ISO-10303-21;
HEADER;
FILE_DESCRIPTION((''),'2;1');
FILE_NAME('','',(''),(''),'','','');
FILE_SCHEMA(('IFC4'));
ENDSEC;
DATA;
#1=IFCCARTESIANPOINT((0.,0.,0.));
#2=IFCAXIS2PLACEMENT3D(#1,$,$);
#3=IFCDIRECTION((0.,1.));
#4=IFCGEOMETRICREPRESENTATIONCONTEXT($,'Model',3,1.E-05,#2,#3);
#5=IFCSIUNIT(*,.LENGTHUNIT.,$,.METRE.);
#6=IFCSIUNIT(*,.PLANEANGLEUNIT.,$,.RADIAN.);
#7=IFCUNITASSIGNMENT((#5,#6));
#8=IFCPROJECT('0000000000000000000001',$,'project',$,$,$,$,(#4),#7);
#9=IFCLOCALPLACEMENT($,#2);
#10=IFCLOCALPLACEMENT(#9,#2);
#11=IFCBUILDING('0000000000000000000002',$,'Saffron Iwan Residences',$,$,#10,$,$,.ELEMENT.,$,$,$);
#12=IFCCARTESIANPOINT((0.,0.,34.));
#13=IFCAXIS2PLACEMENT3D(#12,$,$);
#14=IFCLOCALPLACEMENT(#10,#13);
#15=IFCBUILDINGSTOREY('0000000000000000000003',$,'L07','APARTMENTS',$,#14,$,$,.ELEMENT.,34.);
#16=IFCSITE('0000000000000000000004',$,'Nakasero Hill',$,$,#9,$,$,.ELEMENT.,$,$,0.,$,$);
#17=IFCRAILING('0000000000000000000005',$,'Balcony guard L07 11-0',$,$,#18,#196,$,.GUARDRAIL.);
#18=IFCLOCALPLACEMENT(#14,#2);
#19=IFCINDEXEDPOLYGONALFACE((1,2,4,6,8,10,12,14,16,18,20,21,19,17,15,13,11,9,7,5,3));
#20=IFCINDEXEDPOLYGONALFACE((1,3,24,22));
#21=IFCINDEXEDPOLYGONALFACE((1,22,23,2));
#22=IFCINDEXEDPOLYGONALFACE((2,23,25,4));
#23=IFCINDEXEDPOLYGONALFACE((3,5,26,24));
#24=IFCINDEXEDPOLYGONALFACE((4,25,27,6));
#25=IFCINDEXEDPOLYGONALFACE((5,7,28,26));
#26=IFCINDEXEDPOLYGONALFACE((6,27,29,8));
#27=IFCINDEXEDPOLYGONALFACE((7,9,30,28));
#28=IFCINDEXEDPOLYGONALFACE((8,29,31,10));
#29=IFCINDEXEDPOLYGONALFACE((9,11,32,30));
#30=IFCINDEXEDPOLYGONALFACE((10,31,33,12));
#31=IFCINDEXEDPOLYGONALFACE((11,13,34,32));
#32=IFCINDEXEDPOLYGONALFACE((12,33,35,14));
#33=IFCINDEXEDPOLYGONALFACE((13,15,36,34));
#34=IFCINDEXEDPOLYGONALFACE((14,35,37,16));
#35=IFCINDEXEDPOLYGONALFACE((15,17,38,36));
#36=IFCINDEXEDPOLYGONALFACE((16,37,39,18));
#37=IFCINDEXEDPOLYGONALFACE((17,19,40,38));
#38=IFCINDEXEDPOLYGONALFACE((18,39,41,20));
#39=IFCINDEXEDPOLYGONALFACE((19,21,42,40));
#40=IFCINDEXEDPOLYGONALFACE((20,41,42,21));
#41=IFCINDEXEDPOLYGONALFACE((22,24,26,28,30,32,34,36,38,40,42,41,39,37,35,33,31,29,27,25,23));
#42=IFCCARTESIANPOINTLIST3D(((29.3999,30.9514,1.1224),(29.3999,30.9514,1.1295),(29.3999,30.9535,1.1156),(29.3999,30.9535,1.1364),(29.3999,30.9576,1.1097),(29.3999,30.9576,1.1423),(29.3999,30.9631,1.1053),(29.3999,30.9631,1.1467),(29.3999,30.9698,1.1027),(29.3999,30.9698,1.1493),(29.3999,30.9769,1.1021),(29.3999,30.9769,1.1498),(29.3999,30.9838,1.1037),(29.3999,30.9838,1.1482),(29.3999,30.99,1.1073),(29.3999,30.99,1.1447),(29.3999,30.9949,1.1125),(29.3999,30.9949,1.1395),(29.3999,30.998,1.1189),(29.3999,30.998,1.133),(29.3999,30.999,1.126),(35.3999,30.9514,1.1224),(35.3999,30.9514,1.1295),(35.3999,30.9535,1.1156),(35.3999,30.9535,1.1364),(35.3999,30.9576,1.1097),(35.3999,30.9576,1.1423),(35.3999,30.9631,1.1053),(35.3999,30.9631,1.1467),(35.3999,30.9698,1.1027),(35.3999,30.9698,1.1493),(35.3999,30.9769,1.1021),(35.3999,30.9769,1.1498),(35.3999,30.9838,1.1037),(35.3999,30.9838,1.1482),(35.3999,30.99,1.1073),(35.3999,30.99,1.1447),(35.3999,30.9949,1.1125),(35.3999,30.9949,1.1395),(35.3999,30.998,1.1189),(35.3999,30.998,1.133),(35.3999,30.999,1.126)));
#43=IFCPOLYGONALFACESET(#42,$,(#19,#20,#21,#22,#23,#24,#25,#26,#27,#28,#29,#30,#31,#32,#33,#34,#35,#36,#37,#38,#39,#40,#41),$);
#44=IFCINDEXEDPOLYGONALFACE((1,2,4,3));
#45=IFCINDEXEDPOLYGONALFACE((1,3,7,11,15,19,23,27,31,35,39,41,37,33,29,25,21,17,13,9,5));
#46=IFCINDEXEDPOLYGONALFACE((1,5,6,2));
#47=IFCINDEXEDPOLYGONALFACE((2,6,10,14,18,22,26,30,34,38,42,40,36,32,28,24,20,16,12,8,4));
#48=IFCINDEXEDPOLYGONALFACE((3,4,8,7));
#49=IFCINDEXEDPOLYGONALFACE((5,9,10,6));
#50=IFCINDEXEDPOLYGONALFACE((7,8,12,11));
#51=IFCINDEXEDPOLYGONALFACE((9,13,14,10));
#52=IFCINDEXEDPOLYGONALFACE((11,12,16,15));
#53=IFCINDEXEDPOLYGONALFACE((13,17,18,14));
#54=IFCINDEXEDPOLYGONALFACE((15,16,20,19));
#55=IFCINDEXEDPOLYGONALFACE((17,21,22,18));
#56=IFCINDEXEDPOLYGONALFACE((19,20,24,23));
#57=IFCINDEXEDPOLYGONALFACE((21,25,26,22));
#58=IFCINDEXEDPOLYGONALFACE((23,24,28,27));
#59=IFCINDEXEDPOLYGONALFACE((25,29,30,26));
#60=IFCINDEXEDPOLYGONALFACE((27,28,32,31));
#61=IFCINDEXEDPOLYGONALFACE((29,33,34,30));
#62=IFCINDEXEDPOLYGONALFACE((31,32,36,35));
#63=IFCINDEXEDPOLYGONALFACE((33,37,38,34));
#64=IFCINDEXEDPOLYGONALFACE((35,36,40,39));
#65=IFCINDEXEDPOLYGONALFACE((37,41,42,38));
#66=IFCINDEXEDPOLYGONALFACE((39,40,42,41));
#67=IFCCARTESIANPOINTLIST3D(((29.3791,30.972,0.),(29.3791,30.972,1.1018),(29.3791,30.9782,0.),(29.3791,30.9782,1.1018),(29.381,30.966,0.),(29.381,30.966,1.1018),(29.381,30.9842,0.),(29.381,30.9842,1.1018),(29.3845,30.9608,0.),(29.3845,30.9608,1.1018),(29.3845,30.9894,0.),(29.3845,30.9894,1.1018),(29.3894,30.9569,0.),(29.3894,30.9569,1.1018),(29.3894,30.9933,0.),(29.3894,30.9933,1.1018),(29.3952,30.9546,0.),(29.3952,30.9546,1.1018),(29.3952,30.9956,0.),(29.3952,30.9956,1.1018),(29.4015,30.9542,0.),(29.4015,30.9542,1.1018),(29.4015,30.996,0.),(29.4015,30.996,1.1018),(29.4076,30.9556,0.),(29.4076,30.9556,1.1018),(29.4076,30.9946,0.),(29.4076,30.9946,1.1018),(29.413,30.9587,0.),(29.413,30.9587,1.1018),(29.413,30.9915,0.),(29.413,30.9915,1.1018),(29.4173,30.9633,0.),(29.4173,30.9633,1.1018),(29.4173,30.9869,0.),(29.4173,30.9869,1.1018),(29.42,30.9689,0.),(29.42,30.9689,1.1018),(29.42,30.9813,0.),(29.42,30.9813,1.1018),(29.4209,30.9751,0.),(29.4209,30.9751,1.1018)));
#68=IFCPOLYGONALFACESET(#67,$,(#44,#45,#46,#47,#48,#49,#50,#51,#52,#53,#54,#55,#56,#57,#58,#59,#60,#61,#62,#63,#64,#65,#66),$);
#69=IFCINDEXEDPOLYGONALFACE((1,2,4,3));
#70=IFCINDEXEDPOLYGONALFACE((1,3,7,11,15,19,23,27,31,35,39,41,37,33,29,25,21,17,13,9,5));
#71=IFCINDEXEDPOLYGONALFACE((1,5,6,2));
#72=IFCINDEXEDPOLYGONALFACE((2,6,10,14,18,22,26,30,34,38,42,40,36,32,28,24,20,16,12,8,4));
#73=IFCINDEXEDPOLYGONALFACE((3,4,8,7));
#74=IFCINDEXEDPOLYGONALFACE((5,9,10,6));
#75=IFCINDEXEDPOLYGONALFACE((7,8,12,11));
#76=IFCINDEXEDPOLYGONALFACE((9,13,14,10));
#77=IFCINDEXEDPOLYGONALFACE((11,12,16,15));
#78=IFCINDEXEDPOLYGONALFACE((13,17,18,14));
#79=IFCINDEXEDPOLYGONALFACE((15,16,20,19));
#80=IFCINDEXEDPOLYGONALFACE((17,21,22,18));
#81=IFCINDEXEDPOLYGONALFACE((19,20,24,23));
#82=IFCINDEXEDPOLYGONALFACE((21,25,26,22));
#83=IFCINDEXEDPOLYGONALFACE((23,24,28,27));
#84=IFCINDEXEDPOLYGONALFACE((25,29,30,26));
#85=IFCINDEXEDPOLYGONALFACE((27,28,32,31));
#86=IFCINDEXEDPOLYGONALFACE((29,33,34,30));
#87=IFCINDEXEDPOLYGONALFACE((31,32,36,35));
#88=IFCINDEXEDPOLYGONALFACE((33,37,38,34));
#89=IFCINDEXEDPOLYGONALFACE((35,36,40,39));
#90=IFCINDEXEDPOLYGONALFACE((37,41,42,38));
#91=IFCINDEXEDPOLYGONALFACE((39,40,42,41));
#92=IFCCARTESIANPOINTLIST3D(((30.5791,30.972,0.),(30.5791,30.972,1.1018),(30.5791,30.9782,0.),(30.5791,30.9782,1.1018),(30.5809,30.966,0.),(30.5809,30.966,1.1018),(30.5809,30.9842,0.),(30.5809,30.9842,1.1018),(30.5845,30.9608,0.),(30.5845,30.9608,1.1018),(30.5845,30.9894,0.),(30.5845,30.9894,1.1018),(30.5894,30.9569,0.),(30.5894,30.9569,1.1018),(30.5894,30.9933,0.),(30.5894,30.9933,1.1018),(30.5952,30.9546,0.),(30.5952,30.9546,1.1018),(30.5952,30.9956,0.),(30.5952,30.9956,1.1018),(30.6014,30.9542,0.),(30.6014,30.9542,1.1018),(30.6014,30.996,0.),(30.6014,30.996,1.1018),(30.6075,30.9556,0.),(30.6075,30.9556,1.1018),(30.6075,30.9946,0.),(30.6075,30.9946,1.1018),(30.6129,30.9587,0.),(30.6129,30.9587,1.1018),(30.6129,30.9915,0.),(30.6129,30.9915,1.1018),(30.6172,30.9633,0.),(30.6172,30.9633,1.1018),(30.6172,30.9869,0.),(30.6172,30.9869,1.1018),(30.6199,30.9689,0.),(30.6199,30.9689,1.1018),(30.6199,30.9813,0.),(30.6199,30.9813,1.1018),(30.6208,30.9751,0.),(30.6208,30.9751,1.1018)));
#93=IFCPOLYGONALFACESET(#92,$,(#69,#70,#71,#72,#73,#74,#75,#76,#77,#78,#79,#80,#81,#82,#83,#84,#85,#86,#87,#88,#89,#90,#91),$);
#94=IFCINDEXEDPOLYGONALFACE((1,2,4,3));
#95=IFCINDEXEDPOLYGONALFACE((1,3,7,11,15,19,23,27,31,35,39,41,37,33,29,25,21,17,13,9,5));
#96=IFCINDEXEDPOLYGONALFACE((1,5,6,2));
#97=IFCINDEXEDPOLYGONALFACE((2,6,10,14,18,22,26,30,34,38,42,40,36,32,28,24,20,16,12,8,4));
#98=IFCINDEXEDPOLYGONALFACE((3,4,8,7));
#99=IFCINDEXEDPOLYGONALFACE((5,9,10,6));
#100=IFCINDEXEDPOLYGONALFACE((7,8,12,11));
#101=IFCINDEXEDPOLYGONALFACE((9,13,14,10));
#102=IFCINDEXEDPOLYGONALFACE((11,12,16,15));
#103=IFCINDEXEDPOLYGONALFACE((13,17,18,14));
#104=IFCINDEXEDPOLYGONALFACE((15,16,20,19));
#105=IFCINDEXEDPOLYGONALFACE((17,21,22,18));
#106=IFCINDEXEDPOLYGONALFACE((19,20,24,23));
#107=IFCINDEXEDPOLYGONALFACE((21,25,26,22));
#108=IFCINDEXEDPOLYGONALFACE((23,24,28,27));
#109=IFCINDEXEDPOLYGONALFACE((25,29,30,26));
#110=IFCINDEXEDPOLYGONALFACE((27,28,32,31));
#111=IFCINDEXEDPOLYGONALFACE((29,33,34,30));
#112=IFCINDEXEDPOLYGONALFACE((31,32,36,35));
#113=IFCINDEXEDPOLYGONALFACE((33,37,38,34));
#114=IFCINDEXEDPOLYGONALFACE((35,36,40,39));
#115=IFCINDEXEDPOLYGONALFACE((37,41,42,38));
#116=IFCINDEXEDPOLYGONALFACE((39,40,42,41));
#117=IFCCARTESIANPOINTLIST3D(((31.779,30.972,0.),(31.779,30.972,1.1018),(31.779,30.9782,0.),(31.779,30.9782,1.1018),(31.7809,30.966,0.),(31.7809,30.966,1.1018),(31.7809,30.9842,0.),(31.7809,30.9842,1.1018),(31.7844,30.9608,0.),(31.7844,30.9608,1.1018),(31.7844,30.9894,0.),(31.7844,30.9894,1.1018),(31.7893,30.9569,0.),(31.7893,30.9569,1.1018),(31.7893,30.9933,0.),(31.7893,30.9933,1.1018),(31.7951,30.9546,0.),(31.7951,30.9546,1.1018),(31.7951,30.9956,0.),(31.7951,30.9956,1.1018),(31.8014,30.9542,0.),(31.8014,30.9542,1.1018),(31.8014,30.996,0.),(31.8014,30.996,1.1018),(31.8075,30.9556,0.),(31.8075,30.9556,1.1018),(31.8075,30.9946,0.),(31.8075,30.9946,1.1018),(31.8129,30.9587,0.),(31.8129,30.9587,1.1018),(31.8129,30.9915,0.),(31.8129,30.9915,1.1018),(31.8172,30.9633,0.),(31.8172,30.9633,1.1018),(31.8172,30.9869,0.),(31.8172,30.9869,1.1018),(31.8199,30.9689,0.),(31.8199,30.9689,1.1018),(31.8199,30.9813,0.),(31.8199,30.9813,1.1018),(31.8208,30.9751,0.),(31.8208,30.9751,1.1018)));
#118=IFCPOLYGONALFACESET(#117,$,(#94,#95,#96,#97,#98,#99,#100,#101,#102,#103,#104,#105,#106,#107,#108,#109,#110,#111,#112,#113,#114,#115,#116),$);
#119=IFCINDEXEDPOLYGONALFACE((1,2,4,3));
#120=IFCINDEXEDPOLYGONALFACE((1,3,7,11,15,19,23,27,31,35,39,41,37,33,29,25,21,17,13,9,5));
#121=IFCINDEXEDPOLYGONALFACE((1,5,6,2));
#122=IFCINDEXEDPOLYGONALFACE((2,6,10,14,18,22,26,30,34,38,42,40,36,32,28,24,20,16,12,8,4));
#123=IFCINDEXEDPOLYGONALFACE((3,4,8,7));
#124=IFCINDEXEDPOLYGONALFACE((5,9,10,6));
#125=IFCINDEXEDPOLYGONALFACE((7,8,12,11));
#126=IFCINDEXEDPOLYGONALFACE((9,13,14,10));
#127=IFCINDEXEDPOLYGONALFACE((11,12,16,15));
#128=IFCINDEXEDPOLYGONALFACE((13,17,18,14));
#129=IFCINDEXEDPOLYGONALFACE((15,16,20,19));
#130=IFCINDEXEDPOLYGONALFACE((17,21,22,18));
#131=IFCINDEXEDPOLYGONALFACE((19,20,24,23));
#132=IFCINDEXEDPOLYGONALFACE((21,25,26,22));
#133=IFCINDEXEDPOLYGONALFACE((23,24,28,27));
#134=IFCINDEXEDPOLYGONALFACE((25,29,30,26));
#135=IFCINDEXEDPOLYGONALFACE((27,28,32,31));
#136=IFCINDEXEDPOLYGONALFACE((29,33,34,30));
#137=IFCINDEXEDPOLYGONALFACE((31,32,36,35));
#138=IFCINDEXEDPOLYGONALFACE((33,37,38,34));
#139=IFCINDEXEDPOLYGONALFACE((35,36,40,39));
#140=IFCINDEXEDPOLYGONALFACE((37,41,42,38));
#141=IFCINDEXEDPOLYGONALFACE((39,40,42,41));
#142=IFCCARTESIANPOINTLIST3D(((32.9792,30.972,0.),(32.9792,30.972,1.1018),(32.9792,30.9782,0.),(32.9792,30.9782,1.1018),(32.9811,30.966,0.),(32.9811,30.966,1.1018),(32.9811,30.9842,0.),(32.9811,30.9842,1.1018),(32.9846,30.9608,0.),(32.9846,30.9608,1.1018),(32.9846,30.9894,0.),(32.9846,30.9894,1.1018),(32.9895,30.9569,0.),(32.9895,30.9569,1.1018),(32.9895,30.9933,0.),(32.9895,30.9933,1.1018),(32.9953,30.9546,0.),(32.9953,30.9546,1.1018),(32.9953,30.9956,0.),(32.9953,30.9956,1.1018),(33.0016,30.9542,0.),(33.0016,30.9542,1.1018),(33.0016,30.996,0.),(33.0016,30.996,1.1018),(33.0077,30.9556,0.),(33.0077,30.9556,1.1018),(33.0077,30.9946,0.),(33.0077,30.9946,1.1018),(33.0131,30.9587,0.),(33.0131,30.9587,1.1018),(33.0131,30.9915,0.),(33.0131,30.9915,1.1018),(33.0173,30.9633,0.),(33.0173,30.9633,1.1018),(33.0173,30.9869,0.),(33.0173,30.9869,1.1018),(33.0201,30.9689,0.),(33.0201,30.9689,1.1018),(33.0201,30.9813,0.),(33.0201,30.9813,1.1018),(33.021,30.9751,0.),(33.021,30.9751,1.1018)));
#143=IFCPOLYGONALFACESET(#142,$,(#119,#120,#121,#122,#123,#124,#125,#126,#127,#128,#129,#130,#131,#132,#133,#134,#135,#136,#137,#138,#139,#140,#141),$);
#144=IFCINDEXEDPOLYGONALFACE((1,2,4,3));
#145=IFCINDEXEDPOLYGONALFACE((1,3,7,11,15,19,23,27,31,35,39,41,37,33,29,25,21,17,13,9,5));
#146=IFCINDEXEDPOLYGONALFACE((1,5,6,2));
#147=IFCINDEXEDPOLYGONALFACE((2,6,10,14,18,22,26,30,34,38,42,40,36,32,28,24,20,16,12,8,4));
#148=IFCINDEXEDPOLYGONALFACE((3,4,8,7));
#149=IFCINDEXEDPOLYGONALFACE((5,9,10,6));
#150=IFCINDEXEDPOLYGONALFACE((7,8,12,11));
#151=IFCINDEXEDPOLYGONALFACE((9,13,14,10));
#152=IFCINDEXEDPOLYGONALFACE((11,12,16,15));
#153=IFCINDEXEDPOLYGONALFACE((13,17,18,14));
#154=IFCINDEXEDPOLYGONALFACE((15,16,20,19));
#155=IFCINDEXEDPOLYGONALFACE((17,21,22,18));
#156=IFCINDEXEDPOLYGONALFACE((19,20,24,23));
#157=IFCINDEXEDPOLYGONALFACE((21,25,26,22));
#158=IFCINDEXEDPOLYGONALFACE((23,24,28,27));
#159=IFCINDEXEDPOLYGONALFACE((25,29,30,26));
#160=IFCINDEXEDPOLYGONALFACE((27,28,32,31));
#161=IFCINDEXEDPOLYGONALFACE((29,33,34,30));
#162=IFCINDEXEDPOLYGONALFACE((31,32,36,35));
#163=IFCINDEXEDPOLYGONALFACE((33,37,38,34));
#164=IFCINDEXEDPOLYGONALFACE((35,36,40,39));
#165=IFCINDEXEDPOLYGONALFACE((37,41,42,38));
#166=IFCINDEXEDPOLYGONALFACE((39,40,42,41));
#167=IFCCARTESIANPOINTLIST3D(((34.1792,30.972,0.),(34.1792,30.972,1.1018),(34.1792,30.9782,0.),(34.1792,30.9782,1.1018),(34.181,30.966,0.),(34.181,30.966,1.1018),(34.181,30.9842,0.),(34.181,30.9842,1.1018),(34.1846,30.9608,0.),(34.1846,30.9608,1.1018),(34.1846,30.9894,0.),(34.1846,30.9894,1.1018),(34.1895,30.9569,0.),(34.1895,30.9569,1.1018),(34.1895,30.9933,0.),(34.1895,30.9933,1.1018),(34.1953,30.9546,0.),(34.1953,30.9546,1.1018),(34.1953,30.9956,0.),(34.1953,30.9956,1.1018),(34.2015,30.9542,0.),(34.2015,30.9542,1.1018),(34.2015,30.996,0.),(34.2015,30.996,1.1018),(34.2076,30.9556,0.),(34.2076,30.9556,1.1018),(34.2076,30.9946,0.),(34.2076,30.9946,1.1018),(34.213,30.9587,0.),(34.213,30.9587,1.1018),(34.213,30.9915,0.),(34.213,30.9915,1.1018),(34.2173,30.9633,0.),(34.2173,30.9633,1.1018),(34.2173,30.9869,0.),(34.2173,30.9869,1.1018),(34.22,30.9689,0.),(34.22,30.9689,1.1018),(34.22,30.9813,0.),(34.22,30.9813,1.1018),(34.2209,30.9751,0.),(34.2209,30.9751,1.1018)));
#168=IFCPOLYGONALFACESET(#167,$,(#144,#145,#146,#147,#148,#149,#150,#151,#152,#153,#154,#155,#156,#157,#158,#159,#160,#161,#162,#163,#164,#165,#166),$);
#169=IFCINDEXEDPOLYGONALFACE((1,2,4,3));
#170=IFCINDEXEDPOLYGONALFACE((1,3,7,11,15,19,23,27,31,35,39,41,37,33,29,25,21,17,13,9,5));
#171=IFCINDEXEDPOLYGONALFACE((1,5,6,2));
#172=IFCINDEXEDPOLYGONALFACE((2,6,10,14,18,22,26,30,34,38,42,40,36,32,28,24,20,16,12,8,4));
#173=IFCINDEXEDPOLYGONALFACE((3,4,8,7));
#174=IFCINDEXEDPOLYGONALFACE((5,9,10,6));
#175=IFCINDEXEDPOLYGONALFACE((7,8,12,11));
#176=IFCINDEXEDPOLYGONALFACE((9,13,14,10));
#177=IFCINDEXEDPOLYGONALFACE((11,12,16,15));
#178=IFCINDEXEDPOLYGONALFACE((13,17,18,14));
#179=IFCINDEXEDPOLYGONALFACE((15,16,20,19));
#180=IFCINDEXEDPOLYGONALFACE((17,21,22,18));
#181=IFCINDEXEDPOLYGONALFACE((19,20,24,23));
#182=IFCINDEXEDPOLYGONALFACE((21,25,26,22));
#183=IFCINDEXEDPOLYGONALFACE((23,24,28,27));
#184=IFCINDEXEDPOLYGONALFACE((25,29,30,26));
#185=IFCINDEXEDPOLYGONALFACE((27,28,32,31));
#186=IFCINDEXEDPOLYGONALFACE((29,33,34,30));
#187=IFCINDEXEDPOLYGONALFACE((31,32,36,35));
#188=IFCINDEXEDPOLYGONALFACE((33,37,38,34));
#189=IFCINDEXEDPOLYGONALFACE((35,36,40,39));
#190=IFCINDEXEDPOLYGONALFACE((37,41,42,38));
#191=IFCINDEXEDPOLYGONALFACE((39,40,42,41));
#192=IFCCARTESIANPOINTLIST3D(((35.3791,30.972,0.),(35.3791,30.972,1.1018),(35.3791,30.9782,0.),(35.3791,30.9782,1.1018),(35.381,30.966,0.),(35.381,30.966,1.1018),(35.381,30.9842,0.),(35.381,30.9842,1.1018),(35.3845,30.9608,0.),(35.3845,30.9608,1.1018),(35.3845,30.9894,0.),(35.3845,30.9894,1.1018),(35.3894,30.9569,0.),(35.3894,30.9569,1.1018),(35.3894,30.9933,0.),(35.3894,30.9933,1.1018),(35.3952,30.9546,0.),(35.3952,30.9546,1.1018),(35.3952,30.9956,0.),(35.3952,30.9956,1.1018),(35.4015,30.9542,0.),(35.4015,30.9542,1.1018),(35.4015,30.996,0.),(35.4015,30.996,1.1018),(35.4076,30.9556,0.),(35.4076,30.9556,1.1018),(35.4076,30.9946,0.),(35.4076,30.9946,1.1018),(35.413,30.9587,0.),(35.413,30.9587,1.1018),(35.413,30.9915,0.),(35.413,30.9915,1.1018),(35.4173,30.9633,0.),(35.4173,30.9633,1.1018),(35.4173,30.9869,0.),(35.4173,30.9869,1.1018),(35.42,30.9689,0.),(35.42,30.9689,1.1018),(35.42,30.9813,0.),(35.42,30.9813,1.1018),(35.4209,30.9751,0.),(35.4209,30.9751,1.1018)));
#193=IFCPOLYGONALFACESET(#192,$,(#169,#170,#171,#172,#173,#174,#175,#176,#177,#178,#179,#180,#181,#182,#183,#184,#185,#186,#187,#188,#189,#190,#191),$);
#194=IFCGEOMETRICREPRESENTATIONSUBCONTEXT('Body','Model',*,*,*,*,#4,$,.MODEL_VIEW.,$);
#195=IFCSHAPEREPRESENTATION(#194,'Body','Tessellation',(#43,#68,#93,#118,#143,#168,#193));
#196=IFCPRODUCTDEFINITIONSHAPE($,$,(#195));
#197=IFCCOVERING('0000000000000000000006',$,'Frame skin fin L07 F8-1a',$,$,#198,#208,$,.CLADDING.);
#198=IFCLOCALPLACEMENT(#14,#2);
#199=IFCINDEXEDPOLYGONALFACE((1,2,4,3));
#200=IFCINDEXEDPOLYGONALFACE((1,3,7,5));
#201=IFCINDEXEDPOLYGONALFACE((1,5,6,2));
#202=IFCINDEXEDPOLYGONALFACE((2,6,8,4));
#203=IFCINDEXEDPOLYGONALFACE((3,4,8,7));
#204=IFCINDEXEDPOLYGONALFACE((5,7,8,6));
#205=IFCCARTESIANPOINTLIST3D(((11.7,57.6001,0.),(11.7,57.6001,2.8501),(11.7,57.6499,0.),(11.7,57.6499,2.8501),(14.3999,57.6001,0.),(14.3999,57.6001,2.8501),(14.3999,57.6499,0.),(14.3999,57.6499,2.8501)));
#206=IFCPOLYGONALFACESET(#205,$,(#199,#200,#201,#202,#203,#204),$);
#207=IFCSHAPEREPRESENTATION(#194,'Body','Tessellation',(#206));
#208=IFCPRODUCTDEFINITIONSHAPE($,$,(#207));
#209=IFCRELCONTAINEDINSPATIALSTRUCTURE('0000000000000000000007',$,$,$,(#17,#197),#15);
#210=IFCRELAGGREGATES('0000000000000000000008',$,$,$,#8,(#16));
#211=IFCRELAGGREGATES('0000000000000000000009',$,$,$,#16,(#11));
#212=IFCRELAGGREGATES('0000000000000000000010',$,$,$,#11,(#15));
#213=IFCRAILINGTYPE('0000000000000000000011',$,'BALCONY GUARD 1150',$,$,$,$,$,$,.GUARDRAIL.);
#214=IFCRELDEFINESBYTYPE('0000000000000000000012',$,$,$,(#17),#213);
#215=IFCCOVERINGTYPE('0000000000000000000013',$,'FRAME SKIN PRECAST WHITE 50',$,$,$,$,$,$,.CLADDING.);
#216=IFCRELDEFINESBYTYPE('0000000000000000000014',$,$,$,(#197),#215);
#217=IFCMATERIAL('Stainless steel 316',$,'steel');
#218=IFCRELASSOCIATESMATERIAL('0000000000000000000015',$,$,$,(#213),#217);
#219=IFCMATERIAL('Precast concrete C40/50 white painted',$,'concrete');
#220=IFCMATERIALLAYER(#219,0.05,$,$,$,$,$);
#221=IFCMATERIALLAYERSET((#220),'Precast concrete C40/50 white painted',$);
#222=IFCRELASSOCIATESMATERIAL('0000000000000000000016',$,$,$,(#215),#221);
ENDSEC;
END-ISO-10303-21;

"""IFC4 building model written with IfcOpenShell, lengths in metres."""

from ifc_helpers import new_model, si_unit, direction, frame, origin, origin_2d, place, context, subcontext, project, spatial, polyline, circle, outline, extrude, material, layer, layer_set, type_object, element, save


model = new_model("IFC4")

# Units and contexts
model_context = context("Model", 3, precision=1e-05, world=origin(), true_north=direction((0.0, 1.0)))
body_context = subcontext(model_context, "Body", "Model", "MODEL_VIEW")
ifc_project = project(units=[si_unit("LENGTHUNIT", "METRE"), si_unit("PLANEANGLEUNIT", "RADIAN")], contexts=[model_context])

# Site, building, storey
site_placement = place(None, origin())
site = spatial("IfcSite", under=ifc_project, at=site_placement, Name="Nakasero Hill", CompositionType="ELEMENT", RefElevation=0.0)
building_placement = place(site_placement, origin())
building = spatial("IfcBuilding", under=site, at=building_placement, Name="Saffron Iwan Residences", CompositionType="ELEMENT")
storey_placement = place(building_placement, frame((0.0, 0.0, 34.0)))
storey = spatial("IfcBuildingStorey", under=building, at=storey_placement, Name="L07", Description="APARTMENTS", CompositionType="ELEMENT", Elevation=34.0)

# Railing
ifc_material_1 = material(Name="Stainless steel 316", Category="steel")
railing_type = type_object("IfcRailingType", Name="BALCONY GUARD 1150", PredefinedType="GUARDRAIL", material=ifc_material_1)
railing_placement = place(storey_placement, frame((29.3999, 30.9751, 0.0)))
element("IfcRailing", 1, at=railing_placement, inside=storey, type_object=railing_type, Name="Balcony guard L07 11-0", PredefinedType="GUARDRAIL", context=body_context, shape_type="SweptSolid", body=[
    extrude(circle(Radius=0.0239, at=origin_2d()), frame((0.0, 0.0, 1.126), z_axis=(1.0, 0.0, 0.0), x_axis=(0.0, 1.0, 0.0)), (0.0, 0.0, 1.0), 6.0),
    extrude(circle(Radius=0.021, at=origin_2d()), origin(), (0.0, 0.0, 1.0), 1.1018),
    extrude(circle(Radius=0.021, at=origin_2d()), frame((1.2, 0.0, 0.0)), (0.0, 0.0, 1.0), 1.1018),
    extrude(circle(Radius=0.021, at=origin_2d()), frame((2.3999, 0.0, 0.0)), (0.0, 0.0, 1.0), 1.1018),
    extrude(circle(Radius=0.021, at=origin_2d()), frame((3.6001, 0.0, 0.0)), (0.0, 0.0, 1.0), 1.1018),
    extrude(circle(Radius=0.021, at=origin_2d()), frame((4.8, 0.0, 0.0)), (0.0, 0.0, 1.0), 1.1018),
    extrude(circle(Radius=0.021, at=origin_2d()), frame((6.0, 0.0, 0.0)), (0.0, 0.0, 1.0), 1.1018),
])

# Covering
ifc_material_2 = material(Name="Precast concrete C40/50 white painted", Category="concrete")
ifc_layer_1 = layer(ifc_material_2, 0.05)
ifc_layer_set_1 = layer_set([ifc_layer_1], Name="Precast concrete C40/50 white painted")
covering_type_1 = type_object("IfcCoveringType", Name="FRAME SKIN PRECAST WHITE 50", PredefinedType="CLADDING", material=ifc_layer_set_1)
covering_1_placement = place(storey_placement, origin())
element("IfcCovering", 2, at=covering_1_placement, inside=storey, type_object=covering_type_1, Name="Frame skin fin L07 F8-1a", PredefinedType="CLADDING", context=body_context, shape_type="SweptSolid", body=[
    extrude(outline(polyline([(11.7, 57.6499), (11.7, 57.6001), (14.3999, 57.6001), (14.3999, 57.6499), (11.7, 57.6499)])), origin(), (0.0, 0.0, 1.0), 2.8501),
])

save(model, "model.ifc")
